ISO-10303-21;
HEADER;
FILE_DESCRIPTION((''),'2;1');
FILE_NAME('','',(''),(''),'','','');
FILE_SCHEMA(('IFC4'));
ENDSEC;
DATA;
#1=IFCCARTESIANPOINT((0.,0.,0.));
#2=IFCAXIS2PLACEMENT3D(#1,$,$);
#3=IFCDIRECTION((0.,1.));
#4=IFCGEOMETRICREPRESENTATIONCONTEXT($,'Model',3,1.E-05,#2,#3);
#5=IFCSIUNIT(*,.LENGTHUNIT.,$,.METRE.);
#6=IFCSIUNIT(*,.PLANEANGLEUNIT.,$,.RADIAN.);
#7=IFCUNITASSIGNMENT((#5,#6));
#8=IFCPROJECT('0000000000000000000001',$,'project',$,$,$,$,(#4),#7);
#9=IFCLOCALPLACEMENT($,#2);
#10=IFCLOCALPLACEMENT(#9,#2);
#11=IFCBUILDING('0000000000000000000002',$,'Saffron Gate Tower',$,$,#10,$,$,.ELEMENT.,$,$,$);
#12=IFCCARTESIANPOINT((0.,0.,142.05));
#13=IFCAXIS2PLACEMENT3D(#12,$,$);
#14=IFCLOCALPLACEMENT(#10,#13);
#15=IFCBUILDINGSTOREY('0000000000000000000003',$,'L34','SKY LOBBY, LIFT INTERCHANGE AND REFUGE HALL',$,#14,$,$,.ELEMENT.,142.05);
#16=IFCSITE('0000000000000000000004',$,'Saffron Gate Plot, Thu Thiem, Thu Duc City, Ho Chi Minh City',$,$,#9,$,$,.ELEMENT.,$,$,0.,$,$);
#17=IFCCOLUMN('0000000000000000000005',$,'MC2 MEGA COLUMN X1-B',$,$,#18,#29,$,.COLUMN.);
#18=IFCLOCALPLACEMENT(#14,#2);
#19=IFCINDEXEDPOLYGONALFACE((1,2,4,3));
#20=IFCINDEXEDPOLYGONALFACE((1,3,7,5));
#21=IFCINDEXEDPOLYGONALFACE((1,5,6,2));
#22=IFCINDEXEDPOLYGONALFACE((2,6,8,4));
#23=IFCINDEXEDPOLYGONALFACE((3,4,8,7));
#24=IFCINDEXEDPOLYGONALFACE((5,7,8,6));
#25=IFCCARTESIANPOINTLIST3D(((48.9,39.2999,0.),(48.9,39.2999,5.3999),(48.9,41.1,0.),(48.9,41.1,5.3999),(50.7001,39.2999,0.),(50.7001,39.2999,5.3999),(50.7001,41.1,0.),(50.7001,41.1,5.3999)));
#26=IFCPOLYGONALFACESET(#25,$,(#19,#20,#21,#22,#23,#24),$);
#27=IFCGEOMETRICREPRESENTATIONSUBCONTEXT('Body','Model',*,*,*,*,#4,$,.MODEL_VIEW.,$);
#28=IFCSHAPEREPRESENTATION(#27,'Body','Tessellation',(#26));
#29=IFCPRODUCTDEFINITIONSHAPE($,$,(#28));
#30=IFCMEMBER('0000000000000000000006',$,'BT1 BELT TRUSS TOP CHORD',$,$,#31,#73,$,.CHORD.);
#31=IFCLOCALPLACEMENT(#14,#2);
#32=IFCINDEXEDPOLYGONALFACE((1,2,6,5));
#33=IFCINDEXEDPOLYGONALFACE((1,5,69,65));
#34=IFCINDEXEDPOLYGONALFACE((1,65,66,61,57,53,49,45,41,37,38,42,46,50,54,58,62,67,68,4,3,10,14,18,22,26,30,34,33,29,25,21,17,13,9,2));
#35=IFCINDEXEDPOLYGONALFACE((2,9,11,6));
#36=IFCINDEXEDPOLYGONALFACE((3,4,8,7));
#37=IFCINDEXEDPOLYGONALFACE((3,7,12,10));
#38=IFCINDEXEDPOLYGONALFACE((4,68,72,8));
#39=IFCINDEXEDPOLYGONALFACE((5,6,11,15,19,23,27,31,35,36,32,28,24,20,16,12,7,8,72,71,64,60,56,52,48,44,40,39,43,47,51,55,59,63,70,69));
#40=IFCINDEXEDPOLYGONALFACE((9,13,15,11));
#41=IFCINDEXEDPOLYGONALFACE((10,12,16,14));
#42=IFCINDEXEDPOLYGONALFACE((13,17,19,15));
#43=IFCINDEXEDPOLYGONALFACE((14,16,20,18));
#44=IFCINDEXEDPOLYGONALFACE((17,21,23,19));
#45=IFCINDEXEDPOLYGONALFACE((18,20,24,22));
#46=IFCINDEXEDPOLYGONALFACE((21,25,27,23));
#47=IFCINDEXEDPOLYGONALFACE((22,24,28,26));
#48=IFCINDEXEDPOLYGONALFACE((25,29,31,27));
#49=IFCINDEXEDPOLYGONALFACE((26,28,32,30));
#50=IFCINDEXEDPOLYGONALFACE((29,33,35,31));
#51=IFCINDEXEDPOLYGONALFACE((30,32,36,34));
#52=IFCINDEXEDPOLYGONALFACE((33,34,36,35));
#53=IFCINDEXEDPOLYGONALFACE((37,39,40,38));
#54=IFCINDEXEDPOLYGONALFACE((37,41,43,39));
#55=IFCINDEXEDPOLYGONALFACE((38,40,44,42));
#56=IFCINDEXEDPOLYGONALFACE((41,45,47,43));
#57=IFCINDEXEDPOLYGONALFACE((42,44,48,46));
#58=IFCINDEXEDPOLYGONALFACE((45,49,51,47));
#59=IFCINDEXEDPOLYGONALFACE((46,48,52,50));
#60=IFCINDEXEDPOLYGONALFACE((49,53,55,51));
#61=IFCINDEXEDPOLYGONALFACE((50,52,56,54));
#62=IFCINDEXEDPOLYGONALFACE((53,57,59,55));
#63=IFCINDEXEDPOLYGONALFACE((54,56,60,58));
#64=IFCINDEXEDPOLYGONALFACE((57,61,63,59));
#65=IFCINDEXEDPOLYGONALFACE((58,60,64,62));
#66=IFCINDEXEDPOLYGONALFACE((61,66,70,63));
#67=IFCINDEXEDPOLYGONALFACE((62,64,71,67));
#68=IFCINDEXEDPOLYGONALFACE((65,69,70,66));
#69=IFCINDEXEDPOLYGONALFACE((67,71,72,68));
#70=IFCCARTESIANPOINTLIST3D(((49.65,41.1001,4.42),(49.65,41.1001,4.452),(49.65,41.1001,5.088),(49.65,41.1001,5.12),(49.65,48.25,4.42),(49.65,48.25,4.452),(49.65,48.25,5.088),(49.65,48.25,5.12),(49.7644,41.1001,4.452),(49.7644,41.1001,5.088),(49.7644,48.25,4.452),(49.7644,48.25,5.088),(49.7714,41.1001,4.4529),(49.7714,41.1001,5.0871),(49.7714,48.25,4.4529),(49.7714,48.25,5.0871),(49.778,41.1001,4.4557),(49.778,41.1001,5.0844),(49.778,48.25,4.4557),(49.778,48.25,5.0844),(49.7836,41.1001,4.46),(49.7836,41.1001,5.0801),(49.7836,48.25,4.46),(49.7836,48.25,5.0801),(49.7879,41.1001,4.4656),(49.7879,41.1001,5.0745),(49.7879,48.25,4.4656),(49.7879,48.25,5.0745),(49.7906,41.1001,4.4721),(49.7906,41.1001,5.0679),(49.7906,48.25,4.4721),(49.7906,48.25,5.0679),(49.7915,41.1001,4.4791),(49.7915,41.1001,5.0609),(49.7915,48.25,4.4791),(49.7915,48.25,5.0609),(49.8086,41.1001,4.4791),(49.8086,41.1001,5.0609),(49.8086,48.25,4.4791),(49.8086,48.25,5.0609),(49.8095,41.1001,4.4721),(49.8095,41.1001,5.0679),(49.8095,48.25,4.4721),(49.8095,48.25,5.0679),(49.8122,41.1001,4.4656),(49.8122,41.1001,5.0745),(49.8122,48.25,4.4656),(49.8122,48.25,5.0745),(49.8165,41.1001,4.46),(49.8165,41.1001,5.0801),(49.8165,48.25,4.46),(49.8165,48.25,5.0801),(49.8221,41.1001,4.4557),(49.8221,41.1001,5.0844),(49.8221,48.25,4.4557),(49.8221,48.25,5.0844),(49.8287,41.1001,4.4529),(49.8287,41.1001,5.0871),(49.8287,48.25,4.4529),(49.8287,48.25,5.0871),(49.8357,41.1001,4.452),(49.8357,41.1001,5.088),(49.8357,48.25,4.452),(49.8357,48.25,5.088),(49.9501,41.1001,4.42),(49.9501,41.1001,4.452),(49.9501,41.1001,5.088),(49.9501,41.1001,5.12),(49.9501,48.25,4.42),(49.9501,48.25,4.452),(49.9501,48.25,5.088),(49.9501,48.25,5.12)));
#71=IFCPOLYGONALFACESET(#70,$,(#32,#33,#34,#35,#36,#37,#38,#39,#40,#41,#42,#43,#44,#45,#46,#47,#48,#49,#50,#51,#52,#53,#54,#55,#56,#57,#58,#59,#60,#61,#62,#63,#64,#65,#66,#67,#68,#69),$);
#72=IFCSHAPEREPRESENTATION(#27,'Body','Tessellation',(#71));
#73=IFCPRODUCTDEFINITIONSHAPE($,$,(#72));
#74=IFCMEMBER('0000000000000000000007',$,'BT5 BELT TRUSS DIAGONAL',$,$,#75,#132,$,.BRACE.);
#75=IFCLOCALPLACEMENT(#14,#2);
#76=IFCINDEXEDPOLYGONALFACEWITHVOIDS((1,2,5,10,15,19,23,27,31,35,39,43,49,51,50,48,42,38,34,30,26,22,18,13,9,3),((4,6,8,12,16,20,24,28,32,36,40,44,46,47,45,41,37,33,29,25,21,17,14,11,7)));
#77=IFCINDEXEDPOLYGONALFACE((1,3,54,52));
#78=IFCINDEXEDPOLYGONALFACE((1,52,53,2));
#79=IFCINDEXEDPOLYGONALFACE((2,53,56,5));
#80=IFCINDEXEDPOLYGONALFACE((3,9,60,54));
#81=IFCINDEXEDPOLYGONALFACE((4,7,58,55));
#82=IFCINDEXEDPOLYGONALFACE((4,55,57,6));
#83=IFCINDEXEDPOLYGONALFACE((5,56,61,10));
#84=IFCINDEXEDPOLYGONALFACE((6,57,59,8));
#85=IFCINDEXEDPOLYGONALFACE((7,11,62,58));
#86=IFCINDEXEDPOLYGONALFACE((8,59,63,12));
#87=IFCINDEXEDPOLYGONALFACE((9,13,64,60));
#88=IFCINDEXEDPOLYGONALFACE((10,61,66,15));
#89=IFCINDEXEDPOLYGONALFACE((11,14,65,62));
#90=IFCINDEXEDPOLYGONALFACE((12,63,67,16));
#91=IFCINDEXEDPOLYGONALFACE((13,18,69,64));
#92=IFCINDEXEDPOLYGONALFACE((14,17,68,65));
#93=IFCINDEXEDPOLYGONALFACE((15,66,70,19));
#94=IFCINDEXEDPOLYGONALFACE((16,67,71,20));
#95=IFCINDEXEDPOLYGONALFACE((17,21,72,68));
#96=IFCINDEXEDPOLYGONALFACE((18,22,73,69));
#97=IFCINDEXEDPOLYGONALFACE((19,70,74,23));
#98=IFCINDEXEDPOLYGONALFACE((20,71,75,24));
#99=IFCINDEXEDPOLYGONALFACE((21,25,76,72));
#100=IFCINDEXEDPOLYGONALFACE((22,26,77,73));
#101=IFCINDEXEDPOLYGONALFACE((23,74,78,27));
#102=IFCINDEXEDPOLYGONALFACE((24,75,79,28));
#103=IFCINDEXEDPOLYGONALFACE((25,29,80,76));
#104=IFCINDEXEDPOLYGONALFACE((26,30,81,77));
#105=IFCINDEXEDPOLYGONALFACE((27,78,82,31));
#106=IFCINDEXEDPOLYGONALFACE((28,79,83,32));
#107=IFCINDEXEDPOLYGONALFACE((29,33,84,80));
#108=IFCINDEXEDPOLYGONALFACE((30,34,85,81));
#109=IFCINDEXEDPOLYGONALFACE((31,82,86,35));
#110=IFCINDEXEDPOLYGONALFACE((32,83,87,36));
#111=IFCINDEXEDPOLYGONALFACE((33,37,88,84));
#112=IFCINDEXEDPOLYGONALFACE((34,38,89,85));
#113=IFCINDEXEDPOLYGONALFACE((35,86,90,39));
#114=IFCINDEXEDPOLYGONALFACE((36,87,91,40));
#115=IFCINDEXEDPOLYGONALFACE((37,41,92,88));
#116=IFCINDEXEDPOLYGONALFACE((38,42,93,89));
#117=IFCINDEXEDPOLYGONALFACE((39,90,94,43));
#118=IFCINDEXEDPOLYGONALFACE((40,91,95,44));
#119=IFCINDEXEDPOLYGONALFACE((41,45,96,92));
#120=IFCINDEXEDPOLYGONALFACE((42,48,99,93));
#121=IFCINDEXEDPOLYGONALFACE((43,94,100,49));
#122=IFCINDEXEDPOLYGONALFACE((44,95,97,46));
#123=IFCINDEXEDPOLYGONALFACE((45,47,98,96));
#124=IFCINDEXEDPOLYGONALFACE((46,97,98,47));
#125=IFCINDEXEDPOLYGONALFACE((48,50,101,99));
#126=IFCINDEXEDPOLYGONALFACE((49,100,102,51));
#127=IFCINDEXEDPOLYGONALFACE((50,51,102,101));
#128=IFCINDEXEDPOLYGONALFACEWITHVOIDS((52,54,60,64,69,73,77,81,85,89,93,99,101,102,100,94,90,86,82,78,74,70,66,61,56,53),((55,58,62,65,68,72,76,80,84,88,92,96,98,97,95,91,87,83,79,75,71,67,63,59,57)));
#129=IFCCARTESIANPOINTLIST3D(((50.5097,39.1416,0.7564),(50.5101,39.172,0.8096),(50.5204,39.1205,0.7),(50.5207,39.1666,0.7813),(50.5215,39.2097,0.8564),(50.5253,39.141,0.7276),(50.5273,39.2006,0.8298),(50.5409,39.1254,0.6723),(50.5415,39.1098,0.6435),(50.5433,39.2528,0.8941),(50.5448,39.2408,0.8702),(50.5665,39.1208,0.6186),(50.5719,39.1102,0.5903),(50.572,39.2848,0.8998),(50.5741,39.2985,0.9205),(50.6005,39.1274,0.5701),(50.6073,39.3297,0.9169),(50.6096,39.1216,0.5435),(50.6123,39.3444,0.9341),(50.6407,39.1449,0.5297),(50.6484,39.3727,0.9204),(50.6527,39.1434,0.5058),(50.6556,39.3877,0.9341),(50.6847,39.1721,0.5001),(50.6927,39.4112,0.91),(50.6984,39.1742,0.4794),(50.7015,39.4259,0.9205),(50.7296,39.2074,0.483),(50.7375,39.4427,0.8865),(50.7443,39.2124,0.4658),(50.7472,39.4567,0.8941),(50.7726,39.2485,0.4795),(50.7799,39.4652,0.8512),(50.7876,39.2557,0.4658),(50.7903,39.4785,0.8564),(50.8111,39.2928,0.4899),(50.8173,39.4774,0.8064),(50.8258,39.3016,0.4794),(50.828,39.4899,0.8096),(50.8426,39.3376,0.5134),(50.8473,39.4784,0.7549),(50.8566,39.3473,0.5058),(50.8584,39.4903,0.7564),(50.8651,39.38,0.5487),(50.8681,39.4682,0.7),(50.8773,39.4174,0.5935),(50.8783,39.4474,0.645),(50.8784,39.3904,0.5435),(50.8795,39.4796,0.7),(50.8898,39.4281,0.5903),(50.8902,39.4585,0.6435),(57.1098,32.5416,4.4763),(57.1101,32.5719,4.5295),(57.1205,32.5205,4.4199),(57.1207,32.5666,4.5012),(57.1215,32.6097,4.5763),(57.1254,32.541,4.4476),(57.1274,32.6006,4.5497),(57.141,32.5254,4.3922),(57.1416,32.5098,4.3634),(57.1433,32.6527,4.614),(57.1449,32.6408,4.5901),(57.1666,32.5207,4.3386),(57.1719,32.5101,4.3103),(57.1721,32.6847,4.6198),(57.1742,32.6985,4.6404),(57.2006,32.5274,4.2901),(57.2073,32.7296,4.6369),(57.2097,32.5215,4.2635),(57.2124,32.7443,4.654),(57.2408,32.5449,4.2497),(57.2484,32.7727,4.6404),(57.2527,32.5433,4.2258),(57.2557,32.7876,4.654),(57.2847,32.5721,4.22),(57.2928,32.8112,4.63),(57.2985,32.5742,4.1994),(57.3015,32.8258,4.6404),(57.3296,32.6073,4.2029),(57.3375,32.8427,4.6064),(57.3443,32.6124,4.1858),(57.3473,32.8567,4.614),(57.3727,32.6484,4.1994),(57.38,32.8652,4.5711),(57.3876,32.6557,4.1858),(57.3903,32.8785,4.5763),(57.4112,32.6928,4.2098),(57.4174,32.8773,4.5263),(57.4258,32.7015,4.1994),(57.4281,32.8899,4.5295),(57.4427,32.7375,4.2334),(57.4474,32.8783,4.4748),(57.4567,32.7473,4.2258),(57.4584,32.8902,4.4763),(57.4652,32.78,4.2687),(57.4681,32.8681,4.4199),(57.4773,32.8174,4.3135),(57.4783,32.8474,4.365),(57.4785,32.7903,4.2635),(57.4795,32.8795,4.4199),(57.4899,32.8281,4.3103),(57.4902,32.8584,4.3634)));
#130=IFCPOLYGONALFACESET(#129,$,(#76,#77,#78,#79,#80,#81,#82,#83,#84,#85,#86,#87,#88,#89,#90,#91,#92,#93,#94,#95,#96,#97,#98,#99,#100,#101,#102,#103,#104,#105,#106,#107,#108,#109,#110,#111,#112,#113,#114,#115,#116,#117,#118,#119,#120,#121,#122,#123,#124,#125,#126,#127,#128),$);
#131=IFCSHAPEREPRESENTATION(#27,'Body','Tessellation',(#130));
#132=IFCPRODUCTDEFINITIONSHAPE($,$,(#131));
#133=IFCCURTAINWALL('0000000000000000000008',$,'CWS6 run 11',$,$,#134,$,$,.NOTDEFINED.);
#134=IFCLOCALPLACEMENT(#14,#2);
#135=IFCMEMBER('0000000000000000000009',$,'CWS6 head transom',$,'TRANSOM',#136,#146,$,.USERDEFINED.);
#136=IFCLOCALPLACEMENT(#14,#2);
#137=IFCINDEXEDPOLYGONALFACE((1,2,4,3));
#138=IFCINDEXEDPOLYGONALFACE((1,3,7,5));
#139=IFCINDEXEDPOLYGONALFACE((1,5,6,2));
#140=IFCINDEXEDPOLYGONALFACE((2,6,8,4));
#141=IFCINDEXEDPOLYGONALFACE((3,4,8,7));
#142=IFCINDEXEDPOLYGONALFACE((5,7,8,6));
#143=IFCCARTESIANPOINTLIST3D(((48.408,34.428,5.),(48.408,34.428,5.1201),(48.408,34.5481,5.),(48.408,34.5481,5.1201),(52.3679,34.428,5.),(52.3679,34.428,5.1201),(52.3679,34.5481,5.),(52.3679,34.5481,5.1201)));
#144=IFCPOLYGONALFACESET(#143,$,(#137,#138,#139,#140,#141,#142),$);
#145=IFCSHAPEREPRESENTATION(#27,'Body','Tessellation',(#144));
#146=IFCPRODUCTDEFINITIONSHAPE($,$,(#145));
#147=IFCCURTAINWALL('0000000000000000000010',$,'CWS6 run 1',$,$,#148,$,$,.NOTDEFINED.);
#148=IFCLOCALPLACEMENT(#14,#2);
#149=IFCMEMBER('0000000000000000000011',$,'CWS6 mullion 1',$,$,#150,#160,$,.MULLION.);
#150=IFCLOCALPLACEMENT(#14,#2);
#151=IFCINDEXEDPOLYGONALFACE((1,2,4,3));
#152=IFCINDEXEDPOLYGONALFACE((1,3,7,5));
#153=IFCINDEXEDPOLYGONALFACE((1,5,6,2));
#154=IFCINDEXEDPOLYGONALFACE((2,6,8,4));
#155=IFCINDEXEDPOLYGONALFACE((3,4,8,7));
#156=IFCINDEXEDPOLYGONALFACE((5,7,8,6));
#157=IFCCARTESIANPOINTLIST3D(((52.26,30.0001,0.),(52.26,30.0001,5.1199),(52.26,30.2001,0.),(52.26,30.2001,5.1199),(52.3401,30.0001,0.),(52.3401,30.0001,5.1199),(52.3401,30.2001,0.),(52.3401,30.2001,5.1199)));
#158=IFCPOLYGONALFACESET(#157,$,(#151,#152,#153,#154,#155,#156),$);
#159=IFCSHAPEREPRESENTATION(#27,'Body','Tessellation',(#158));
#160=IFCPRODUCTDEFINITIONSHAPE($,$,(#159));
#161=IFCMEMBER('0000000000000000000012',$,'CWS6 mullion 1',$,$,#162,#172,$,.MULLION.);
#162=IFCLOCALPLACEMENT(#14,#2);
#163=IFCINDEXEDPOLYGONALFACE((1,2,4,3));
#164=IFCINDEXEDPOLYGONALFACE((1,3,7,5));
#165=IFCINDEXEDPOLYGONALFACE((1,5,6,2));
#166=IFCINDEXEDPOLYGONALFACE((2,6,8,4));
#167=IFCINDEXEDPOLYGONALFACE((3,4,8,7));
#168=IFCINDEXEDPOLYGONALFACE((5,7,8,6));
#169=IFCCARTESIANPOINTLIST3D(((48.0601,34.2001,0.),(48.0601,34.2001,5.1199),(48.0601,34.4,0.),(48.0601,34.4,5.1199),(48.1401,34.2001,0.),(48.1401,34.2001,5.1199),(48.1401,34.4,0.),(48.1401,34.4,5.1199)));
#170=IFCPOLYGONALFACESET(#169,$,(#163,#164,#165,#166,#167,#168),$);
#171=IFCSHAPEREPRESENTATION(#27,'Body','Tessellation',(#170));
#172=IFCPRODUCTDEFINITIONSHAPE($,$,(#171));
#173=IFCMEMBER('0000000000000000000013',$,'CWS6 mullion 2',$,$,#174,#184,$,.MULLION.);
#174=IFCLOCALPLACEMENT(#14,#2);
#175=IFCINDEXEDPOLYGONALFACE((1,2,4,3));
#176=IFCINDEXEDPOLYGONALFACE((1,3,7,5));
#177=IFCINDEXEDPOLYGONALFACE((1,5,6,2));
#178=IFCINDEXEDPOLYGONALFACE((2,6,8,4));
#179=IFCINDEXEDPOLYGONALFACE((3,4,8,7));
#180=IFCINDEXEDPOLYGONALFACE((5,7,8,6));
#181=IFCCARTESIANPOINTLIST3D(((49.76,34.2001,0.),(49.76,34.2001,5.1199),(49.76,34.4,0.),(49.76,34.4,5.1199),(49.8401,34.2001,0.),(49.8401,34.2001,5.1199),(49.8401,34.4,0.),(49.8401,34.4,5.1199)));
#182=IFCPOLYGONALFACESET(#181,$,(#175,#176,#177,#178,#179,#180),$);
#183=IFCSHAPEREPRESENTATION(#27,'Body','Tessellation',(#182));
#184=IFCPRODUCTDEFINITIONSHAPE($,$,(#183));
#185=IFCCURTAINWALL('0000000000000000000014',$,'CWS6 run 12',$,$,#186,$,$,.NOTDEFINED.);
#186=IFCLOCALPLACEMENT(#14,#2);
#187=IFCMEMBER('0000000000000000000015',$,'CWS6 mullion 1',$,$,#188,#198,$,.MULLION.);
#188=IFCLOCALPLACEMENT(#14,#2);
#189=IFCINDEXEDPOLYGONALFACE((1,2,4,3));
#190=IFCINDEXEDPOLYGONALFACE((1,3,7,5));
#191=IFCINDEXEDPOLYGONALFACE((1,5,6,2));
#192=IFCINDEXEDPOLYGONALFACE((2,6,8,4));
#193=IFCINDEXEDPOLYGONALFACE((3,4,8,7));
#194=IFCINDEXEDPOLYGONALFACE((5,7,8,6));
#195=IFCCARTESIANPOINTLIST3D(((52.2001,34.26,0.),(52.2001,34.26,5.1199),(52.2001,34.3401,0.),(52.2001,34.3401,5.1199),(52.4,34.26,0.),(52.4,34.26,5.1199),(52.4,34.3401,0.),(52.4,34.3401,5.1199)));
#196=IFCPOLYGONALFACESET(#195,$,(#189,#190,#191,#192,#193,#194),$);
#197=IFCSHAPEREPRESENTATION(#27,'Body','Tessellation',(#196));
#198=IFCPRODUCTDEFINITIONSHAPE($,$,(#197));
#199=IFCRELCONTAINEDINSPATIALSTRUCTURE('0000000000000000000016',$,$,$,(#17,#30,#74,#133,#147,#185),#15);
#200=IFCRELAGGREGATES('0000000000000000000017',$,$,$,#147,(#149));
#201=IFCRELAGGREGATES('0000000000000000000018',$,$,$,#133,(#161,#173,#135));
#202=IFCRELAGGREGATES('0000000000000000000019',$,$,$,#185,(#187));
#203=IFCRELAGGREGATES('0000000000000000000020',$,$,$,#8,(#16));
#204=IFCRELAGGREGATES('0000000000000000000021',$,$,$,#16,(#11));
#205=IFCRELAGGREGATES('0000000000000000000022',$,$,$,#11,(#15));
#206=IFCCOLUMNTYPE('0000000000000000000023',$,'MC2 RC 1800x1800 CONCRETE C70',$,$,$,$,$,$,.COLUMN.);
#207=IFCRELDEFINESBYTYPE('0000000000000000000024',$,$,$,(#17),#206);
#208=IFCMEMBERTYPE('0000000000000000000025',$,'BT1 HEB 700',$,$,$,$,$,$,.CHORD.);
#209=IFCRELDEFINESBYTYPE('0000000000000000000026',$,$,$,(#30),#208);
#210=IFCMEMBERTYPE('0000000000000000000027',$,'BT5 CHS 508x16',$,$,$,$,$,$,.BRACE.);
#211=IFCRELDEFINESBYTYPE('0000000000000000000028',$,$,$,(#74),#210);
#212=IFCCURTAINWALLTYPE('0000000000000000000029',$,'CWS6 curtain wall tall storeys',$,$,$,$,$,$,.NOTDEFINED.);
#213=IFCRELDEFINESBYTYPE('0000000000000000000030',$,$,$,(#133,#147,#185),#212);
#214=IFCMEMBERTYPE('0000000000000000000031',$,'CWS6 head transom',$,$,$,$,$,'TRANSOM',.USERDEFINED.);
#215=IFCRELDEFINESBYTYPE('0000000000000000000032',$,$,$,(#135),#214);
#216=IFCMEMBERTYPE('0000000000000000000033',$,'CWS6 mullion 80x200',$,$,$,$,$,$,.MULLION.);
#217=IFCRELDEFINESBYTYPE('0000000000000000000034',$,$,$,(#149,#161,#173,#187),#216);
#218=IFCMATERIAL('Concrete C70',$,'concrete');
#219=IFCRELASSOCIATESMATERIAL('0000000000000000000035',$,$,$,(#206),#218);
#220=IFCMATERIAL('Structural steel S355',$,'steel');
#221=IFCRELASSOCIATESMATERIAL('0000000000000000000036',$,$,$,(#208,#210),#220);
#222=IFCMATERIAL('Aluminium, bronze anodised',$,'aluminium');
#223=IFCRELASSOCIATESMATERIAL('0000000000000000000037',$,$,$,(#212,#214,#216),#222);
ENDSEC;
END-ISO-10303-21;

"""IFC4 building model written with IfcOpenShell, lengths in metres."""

from ifc_helpers import new_model, si_unit, direction, frame, origin, origin_2d, place, context, subcontext, project, spatial, rectangle, hollow_circle, i_section, extrude, material, material_profile, profile_set, type_object, element, aggregate, save


model = new_model("IFC4")

# Units and contexts
model_context = context("Model", 3, precision=1e-05, world=origin(), true_north=direction((0.0, 1.0)))
body_context = subcontext(model_context, "Body", "Model", "MODEL_VIEW")
ifc_project = project(units=[si_unit("LENGTHUNIT", "METRE"), si_unit("PLANEANGLEUNIT", "RADIAN")], contexts=[model_context])

# Site, building, storey
site_placement = place(None, origin())
site = spatial("IfcSite", under=ifc_project, at=site_placement, Name="Saffron Gate Plot, Thu Thiem, Thu Duc City, Ho Chi Minh City", CompositionType="ELEMENT", RefElevation=0.0)
building_placement = place(site_placement, origin())
building = spatial("IfcBuilding", under=site, at=building_placement, Name="Saffron Gate Tower", CompositionType="ELEMENT")
storey_placement = place(building_placement, frame((0.0, 0.0, 142.05)))
storey = spatial("IfcBuildingStorey", under=building, at=storey_placement, Name="L34", Description="SKY LOBBY, LIFT INTERCHANGE AND REFUGE HALL", CompositionType="ELEMENT", Elevation=142.05)

# Column
ifc_material_1 = material(Name="Concrete C70", Category="concrete")
ifc_material_profile_1 = material_profile(ifc_material_1, rectangle(XDim=1.8, YDim=1.8, at=origin_2d()))
ifc_profile_set_1 = profile_set([ifc_material_profile_1], Name="Concrete C70")
column_type = type_object("IfcColumnType", Name="MC2 RC 1800x1800 CONCRETE C70", PredefinedType="COLUMN", material=ifc_profile_set_1)
column_placement = place(storey_placement, frame((49.8, 40.2, 0.0), z_axis=(0.0, 0.0, 1.0), x_axis=(1.0, 0.0, 0.0)))
element("IfcColumn", 1, at=column_placement, inside=storey, type_object=column_type, Name="MC2 MEGA COLUMN X1-B", PredefinedType="COLUMN", context=body_context, shape_type="SweptSolid", body=[
    extrude(rectangle(XDim=1.8, YDim=1.8, at=origin_2d()), origin(), (0.0, 0.0, 1.0), 5.3999),
])

# Members
ifc_material_2 = material(Name="Structural steel S355", Category="steel")
ifc_material_profile_2 = material_profile(ifc_material_2, i_section(OverallWidth=0.3, OverallDepth=0.7, WebThickness=0.0171, FlangeThickness=0.032, FilletRadius=0.0271, at=origin_2d()))
ifc_profile_set_2 = profile_set([ifc_material_profile_2], Name="Structural steel S355")
member_type_1 = type_object("IfcMemberType", Name="BT1 HEB 700", PredefinedType="CHORD", material=ifc_profile_set_2)
member_1_placement = place(storey_placement, frame((49.8, 41.1001, 4.77), z_axis=(0.0, 1.0, 0.0), x_axis=(-1.0, 0.0, 0.0)))
element("IfcMember", 2, at=member_1_placement, inside=storey, type_object=member_type_1, Name="BT1 BELT TRUSS TOP CHORD", PredefinedType="CHORD", context=body_context, shape_type="SweptSolid", body=[
    extrude(i_section(OverallWidth=0.3, OverallDepth=0.7, WebThickness=0.0171, FlangeThickness=0.032, FilletRadius=0.0271, at=origin_2d()), origin(), (0.0, 0.0, 1.0), 7.1499),
])
ifc_material_profile_3 = material_profile(ifc_material_2, hollow_circle(Radius=0.2539, WallThickness=0.0161, at=origin_2d()))
ifc_profile_set_3 = profile_set([ifc_material_profile_3], Name="Structural steel S355")
member_type_2 = type_object("IfcMemberType", Name="BT5 CHS 508x16", PredefinedType="BRACE", material=ifc_profile_set_3)
member_2_placement = place(storey_placement, frame((50.7, 39.3, 0.7), z_axis=(0.656862, -0.656862, 0.370223), x_axis=(0.707107, 0.707107, 0.0)))
element("IfcMember", 3, at=member_2_placement, inside=storey, type_object=member_type_2, Name="BT5 BELT TRUSS DIAGONAL", PredefinedType="BRACE", context=body_context, shape_type="SweptSolid", body=[
    extrude(hollow_circle(Radius=0.2539, WallThickness=0.0161, at=origin_2d()), origin(), (0.0, 0.0, 1.0), 10.0479),
])

# Curtain walls, members
ifc_material_3 = material(Name="Aluminium, bronze anodised", Category="aluminium")
curtain_wall_type = type_object("IfcCurtainWallType", Name="CWS6 curtain wall tall storeys", PredefinedType="NOTDEFINED", material=ifc_material_3)
curtain_wall_1_placement = place(storey_placement, origin())
curtain_wall_1 = element("IfcCurtainWall", 4, at=curtain_wall_1_placement, inside=storey, type_object=curtain_wall_type, Name="CWS6 run 11", PredefinedType="NOTDEFINED")
ifc_material_profile_4 = material_profile(ifc_material_3, rectangle(XDim=0.1201, YDim=0.1201, at=origin_2d()))
ifc_profile_set_4 = profile_set([ifc_material_profile_4], Name="Aluminium, bronze anodised")
member_type_3 = type_object("IfcMemberType", Name="CWS6 head transom", ElementType="TRANSOM", PredefinedType="USERDEFINED", material=ifc_profile_set_4)
member_3_placement = place(storey_placement, frame((48.408, 34.488, 5.0601), z_axis=(1.0, 0.0, 0.0), x_axis=(0.0, 1.0, 0.0)))
member_3 = element("IfcMember", 5, at=member_3_placement, type_object=member_type_3, Name="CWS6 head transom", ObjectType="TRANSOM", PredefinedType="USERDEFINED", context=body_context, shape_type="SweptSolid", body=[
    extrude(rectangle(XDim=0.1201, YDim=0.1201, at=origin_2d()), origin(), (0.0, 0.0, 1.0), 3.96),
])
curtain_wall_2_placement = place(storey_placement, origin())
curtain_wall_2 = element("IfcCurtainWall", 6, at=curtain_wall_2_placement, inside=storey, type_object=curtain_wall_type, Name="CWS6 run 1", PredefinedType="NOTDEFINED")
ifc_material_profile_5 = material_profile(ifc_material_3, rectangle(XDim=0.2, YDim=0.0801, at=origin_2d()))
ifc_profile_set_5 = profile_set([ifc_material_profile_5], Name="Aluminium, bronze anodised")
member_type_4 = type_object("IfcMemberType", Name="CWS6 mullion 80x200", PredefinedType="MULLION", material=ifc_profile_set_5)
member_4_placement = place(storey_placement, frame((52.3, 30.1001, 0.0), z_axis=(0.0, 0.0, 1.0), x_axis=(0.0, 1.0, 0.0)))
member_4 = element("IfcMember", 7, at=member_4_placement, type_object=member_type_4, Name="CWS6 mullion 1", PredefinedType="MULLION", context=body_context, shape_type="SweptSolid", body=[
    extrude(rectangle(XDim=0.2, YDim=0.0801, at=origin_2d()), origin(), (0.0, 0.0, 1.0), 5.1199),
])

# Members
member_5_placement = place(storey_placement, frame((48.1001, 34.3, 0.0), z_axis=(0.0, 0.0, 1.0), x_axis=(0.0, 1.0, 0.0)))
member_5 = element("IfcMember", 8, at=member_5_placement, type_object=member_type_4, Name="CWS6 mullion 1", PredefinedType="MULLION", context=body_context, shape_type="SweptSolid", body=[
    extrude(rectangle(XDim=0.2, YDim=0.0801, at=origin_2d()), origin(), (0.0, 0.0, 1.0), 5.1199),
])
member_6_placement = place(storey_placement, frame((49.8, 34.3, 0.0), z_axis=(0.0, 0.0, 1.0), x_axis=(0.0, 1.0, 0.0)))
member_6 = element("IfcMember", 9, at=member_6_placement, type_object=member_type_4, Name="CWS6 mullion 2", PredefinedType="MULLION", context=body_context, shape_type="SweptSolid", body=[
    extrude(rectangle(XDim=0.2, YDim=0.0801, at=origin_2d()), origin(), (0.0, 0.0, 1.0), 5.1199),
])

# Curtain wall, member
curtain_wall_3_placement = place(storey_placement, origin())
curtain_wall_3 = element("IfcCurtainWall", 10, at=curtain_wall_3_placement, inside=storey, type_object=curtain_wall_type, Name="CWS6 run 12", PredefinedType="NOTDEFINED")
member_7_placement = place(storey_placement, frame((52.3, 34.3, 0.0), z_axis=(0.0, 0.0, 1.0), x_axis=(1.0, 0.0, 0.0)))
member_7 = element("IfcMember", 11, at=member_7_placement, type_object=member_type_4, Name="CWS6 mullion 1", PredefinedType="MULLION", context=body_context, shape_type="SweptSolid", body=[
    extrude(rectangle(XDim=0.2, YDim=0.0801, at=origin_2d()), origin(), (0.0, 0.0, 1.0), 5.1199),
])

aggregate(curtain_wall_2, [member_4])

aggregate(curtain_wall_1, [member_5, member_6, member_3])
aggregate(curtain_wall_3, [member_7])

save(model, "model.ifc")
